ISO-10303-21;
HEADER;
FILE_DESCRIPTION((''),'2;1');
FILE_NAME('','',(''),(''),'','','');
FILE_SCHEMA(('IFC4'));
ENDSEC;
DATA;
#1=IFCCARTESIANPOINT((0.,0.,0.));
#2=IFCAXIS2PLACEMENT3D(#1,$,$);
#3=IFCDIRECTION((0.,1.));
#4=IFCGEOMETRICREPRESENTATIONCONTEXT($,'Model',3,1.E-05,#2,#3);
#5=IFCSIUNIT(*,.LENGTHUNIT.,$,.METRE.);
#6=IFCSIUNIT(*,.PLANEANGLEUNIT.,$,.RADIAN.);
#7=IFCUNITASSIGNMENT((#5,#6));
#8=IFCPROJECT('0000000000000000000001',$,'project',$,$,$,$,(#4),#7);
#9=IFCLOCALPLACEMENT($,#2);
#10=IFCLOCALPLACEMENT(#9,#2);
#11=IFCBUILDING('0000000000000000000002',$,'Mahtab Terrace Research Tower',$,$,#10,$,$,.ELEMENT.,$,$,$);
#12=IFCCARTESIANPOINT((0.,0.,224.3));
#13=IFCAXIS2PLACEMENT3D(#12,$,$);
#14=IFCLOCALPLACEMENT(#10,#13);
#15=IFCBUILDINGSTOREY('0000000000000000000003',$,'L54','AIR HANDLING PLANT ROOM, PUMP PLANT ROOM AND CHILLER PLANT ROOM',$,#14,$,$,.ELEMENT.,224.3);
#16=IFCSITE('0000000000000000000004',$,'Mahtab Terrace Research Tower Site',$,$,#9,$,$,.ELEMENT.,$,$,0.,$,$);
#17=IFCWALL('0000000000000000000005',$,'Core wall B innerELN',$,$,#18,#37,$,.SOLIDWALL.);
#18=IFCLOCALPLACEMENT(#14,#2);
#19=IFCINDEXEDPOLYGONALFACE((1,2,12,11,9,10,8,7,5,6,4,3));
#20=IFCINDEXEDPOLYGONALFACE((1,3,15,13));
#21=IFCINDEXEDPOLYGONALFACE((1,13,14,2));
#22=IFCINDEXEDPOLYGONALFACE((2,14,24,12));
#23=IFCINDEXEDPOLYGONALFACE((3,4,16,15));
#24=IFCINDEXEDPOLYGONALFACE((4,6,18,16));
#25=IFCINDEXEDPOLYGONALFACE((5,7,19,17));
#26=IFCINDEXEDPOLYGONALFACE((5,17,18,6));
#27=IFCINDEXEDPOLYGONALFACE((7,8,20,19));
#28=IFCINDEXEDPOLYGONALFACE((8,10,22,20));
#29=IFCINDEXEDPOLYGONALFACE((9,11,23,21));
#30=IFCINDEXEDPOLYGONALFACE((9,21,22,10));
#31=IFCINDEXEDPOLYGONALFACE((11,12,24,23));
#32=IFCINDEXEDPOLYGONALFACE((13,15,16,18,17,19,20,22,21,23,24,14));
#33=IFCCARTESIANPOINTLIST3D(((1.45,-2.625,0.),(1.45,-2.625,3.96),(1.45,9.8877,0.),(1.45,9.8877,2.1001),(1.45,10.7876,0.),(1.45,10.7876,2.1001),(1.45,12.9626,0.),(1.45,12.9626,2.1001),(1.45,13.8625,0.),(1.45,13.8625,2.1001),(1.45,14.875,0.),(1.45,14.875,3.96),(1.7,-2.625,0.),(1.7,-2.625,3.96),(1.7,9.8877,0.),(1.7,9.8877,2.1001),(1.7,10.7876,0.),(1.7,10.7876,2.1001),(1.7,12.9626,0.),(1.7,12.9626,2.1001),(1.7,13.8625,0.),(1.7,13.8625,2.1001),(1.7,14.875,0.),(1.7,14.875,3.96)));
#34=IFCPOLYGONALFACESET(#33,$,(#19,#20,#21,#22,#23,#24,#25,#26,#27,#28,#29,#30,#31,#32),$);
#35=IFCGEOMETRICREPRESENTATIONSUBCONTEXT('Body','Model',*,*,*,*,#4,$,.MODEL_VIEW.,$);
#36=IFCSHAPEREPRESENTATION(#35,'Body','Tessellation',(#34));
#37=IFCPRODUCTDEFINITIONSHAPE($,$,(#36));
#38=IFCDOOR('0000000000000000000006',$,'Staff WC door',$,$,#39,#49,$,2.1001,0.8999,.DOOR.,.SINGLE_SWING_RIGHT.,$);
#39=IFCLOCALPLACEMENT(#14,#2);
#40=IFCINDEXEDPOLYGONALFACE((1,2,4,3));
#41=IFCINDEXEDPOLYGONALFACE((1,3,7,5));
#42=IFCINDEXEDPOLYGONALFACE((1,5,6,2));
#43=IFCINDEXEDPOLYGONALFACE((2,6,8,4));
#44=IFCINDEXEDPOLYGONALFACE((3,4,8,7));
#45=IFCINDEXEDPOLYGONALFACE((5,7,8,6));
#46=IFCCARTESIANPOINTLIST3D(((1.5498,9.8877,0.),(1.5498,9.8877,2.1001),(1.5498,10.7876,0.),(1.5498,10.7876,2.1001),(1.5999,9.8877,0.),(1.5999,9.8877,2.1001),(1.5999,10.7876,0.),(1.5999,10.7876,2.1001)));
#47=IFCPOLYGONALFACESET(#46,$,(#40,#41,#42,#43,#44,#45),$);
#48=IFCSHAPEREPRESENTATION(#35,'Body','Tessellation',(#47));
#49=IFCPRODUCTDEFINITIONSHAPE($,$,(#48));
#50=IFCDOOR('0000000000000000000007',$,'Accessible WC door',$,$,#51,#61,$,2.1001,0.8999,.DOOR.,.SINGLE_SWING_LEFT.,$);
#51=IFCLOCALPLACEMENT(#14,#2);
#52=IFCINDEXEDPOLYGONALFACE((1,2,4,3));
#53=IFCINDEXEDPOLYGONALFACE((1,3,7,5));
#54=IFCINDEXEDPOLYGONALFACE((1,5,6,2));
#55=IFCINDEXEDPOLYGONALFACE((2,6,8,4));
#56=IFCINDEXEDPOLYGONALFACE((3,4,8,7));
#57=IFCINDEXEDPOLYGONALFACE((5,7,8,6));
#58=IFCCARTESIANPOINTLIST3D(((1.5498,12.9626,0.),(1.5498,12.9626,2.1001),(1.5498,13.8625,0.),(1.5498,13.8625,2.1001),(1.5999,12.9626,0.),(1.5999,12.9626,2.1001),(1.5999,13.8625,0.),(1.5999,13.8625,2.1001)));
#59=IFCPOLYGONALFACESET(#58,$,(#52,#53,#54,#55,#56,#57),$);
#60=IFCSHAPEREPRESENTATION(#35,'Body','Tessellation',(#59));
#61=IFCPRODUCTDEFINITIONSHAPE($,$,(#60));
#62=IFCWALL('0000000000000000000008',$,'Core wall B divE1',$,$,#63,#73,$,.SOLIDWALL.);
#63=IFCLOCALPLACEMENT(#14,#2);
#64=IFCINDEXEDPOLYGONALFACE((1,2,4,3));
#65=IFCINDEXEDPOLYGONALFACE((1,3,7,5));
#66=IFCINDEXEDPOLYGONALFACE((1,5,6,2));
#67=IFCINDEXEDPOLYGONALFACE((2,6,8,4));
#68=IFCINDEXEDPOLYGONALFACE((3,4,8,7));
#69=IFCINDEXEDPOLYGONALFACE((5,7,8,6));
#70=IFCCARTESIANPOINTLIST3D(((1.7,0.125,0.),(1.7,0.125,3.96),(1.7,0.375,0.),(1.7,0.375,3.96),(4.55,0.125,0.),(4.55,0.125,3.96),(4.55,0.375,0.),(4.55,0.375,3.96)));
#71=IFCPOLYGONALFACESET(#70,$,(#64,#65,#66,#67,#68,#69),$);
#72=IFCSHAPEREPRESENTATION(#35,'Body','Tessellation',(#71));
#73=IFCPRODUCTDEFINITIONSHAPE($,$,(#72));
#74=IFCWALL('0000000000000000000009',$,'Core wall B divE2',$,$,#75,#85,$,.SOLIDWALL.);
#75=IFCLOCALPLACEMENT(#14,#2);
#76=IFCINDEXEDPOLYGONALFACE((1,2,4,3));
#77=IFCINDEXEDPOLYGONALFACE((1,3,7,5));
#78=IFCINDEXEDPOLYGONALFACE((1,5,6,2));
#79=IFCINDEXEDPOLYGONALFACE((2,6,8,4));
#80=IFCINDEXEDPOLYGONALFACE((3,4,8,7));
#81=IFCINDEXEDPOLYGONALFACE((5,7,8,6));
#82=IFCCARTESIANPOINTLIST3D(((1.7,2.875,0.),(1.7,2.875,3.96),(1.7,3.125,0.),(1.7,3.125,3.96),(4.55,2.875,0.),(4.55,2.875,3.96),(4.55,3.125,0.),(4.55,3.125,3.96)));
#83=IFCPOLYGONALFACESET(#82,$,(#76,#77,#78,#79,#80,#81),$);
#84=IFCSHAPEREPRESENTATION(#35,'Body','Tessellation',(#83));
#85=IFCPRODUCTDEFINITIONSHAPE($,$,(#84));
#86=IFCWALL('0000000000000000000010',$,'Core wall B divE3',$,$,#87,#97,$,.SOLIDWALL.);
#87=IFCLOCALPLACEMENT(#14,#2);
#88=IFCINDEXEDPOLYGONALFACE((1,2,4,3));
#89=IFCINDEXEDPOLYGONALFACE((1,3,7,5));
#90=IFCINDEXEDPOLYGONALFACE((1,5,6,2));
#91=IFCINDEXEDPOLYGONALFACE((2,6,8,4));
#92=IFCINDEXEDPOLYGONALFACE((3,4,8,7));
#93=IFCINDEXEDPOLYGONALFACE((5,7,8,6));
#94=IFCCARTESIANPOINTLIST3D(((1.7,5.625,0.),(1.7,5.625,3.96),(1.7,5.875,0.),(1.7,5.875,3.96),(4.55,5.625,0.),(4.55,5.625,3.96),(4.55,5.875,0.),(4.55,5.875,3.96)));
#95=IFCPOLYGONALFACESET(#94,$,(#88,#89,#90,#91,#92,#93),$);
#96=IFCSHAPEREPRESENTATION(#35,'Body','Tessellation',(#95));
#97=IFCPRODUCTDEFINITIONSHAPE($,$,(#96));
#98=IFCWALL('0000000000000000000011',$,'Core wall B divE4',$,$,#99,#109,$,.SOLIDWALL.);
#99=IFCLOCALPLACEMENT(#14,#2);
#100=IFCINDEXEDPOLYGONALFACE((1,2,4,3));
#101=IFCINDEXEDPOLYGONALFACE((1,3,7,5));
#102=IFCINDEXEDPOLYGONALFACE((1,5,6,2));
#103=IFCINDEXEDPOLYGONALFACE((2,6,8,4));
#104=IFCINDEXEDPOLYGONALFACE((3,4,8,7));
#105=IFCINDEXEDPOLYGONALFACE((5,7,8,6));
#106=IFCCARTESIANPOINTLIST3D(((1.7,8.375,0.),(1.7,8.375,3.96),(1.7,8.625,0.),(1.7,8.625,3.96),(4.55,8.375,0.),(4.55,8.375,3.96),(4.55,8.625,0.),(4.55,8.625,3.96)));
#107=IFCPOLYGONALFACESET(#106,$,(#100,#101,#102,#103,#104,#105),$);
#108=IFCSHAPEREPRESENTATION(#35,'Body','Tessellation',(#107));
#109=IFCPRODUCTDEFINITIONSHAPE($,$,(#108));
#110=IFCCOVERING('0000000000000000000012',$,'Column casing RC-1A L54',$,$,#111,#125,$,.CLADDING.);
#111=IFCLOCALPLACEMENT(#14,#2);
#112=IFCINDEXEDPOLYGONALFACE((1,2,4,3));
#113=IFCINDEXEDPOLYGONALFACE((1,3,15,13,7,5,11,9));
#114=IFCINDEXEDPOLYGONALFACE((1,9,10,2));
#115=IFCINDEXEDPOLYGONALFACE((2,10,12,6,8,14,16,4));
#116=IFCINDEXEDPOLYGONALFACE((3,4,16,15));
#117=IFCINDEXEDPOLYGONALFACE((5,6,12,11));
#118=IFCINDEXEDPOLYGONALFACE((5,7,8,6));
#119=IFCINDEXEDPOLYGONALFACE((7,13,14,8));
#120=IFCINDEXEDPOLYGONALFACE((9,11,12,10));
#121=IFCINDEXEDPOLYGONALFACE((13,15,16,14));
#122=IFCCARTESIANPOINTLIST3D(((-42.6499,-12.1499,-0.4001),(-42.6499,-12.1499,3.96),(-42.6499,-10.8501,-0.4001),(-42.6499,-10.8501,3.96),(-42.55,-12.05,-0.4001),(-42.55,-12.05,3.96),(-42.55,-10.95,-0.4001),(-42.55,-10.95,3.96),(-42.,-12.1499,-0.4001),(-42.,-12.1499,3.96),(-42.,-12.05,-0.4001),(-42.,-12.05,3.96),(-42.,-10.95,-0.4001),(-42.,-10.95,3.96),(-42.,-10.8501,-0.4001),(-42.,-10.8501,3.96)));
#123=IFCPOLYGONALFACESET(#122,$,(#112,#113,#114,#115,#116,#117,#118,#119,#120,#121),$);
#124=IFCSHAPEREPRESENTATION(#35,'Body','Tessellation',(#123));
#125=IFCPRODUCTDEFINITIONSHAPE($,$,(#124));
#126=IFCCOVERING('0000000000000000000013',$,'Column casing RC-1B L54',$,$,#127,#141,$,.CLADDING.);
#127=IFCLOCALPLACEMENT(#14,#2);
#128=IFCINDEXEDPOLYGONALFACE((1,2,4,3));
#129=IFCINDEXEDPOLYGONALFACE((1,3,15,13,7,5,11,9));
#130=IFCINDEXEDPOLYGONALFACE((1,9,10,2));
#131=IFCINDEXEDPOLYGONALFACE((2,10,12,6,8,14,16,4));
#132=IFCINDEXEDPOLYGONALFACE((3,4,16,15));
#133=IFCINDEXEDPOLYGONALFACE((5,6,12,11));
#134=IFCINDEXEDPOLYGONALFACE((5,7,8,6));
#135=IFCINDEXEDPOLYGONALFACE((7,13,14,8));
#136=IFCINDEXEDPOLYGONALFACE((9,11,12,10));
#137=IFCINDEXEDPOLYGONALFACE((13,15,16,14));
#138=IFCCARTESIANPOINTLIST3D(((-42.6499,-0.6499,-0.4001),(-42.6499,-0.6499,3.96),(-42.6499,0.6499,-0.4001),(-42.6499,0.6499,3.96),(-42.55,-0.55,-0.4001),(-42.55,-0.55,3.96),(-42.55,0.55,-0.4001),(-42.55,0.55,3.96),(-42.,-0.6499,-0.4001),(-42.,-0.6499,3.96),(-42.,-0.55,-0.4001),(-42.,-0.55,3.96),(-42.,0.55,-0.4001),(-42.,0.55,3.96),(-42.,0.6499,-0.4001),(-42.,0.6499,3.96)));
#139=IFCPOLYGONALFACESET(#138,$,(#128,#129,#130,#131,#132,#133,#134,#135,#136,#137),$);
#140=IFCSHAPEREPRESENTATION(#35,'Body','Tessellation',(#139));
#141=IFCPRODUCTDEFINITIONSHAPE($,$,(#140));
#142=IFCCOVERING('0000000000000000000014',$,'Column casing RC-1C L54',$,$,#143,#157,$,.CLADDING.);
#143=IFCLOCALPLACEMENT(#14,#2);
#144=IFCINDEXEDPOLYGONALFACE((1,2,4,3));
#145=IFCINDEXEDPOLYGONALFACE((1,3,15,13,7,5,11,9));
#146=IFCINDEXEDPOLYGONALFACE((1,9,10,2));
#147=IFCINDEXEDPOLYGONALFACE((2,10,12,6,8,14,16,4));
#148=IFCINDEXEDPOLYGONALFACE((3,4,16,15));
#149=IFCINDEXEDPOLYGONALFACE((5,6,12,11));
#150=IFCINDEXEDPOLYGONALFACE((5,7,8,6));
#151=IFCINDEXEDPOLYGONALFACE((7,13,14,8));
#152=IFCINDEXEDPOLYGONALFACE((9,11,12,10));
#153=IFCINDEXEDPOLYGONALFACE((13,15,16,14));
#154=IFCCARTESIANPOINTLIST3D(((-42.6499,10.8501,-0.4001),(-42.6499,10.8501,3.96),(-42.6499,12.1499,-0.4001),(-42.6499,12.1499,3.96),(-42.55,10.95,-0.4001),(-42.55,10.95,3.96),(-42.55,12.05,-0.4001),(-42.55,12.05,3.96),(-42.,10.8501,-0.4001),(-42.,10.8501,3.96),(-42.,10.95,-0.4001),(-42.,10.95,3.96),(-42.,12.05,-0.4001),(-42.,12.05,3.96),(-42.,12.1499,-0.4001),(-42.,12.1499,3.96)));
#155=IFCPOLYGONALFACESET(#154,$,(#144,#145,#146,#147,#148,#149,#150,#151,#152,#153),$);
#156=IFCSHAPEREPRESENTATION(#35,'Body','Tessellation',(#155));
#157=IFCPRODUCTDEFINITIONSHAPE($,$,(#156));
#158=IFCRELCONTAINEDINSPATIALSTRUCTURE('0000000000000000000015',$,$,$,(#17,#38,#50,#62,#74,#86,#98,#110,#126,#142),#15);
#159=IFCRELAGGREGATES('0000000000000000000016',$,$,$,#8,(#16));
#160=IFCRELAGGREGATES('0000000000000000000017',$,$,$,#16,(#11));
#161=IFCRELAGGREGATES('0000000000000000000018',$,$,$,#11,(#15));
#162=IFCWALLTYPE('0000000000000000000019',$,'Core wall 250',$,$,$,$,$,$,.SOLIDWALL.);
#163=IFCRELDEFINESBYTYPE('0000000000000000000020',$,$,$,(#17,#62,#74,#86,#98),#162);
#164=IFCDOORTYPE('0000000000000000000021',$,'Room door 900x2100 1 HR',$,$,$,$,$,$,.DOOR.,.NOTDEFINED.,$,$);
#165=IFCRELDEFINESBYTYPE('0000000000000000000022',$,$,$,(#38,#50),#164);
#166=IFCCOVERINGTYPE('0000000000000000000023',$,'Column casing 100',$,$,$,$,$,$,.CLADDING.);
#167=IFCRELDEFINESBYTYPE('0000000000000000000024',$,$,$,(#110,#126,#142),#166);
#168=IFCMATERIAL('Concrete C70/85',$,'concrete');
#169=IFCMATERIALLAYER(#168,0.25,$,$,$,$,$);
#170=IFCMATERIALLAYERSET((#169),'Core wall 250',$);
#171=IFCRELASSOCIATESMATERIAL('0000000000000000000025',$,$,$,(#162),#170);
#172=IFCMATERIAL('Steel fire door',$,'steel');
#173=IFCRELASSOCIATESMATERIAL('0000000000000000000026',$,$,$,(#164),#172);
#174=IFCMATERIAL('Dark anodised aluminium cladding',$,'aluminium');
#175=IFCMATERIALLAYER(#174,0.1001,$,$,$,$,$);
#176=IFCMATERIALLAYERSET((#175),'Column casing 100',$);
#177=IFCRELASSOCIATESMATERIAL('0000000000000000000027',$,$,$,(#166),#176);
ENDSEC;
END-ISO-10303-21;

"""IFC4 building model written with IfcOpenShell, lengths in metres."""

from ifc_helpers import new_model, si_unit, direction, frame, frame_2d, origin, place, context, subcontext, project, spatial, polyline, rectangle, outline, extrude, material, layer, layer_set, type_object, element, fill, save


model = new_model("IFC4")

# Units and contexts
model_context = context("Model", 3, precision=1e-05, world=origin(), true_north=direction((0.0, 1.0)))
body_context = subcontext(model_context, "Body", "Model", "MODEL_VIEW")
ifc_project = project(units=[si_unit("LENGTHUNIT", "METRE"), si_unit("PLANEANGLEUNIT", "RADIAN")], contexts=[model_context])

# Site, building, storey
site_placement = place(None, origin())
site = spatial("IfcSite", under=ifc_project, at=site_placement, Name="Mahtab Terrace Research Tower Site", CompositionType="ELEMENT", RefElevation=0.0)
building_placement = place(site_placement, origin())
building = spatial("IfcBuilding", under=site, at=building_placement, Name="Mahtab Terrace Research Tower", CompositionType="ELEMENT")
storey_placement = place(building_placement, frame((0.0, 0.0, 224.3)))
storey = spatial("IfcBuildingStorey", under=building, at=storey_placement, Name="L54", Description="AIR HANDLING PLANT ROOM, PUMP PLANT ROOM AND CHILLER PLANT ROOM", CompositionType="ELEMENT", Elevation=224.3)

# Shared definitions
ifc_material_1 = material(Name="Concrete C70/85", Category="concrete")

# Shared definitions
ifc_layer_1 = layer(ifc_material_1, 0.25)
ifc_layer_set_1 = layer_set([ifc_layer_1], Name="Core wall 250")
wall_type_1 = type_object("IfcWallType", Name="Core wall 250", PredefinedType="SOLIDWALL", material=ifc_layer_set_1)
ifc_material_2 = material(Name="Steel fire door", Category="steel")

# Wall, openings, doors
wall_1_placement = place(storey_placement, frame((1.575, 14.875, 0.0), z_axis=(0.0, 0.0, 1.0), x_axis=(0.0, -1.0, 0.0)))
wall_1 = element("IfcWall", 1, at=wall_1_placement, inside=storey, type_object=wall_type_1, Name="Core wall B innerELN", PredefinedType="SOLIDWALL", context=body_context, shape_type="SweptSolid", body=[
    extrude(rectangle(XDim=17.5, YDim=0.25, at=frame_2d((8.75, 0.0))), origin(), (0.0, 0.0, 1.0), 3.96),
])
opening_1_placement = place(wall_1_placement, frame((4.0874, 0.0, 0.0)))
opening_1 = element("IfcOpeningElement", 2, at=opening_1_placement, cuts=wall_1, PredefinedType="OPENING", context=body_context, shape_type="SweptSolid", body=[
    extrude(rectangle(XDim=0.8999, YDim=2.1001, at=frame_2d((0.45, 1.05))), frame((0.0, 0.135, 0.0), z_axis=(0.0, -1.0, 0.0), x_axis=(1.0, 0.0, 0.0)), (0.0, 0.0, 1.0), 0.27),
])
opening_2_placement = place(wall_1_placement, frame((1.0125, 0.0, 0.0)))
opening_2 = element("IfcOpeningElement", 3, at=opening_2_placement, cuts=wall_1, PredefinedType="OPENING", context=body_context, shape_type="SweptSolid", body=[
    extrude(rectangle(XDim=0.8999, YDim=2.1001, at=frame_2d((0.45, 1.05))), frame((0.0, 0.135, 0.0), z_axis=(0.0, -1.0, 0.0), x_axis=(1.0, 0.0, 0.0)), (0.0, 0.0, 1.0), 0.27),
])
door_type_1 = type_object("IfcDoorType", Name="Room door 900x2100 1 HR", OperationType="NOTDEFINED", PredefinedType="DOOR", material=ifc_material_2)
door_1_placement = place(opening_1_placement, origin())
door_1 = element("IfcDoor", 4, at=door_1_placement, inside=storey, type_object=door_type_1, Name="Staff WC door", OperationType="SINGLE_SWING_RIGHT", OverallHeight=2.1001, OverallWidth=0.8999, PredefinedType="DOOR", context=body_context, shape_type="SweptSolid", body=[
    extrude(rectangle(XDim=0.8999, YDim=2.1001, at=frame_2d((0.45, 1.05))), frame((0.0, 0.0249, 0.0), z_axis=(0.0, -1.0, 0.0), x_axis=(1.0, 0.0, 0.0)), (0.0, 0.0, 1.0), 0.05),
])
fill(opening_1, door_1)
door_2_placement = place(opening_2_placement, origin())
door_2 = element("IfcDoor", 5, at=door_2_placement, inside=storey, type_object=door_type_1, Name="Accessible WC door", OperationType="SINGLE_SWING_LEFT", OverallHeight=2.1001, OverallWidth=0.8999, PredefinedType="DOOR", context=body_context, shape_type="SweptSolid", body=[
    extrude(rectangle(XDim=0.8999, YDim=2.1001, at=frame_2d((0.45, 1.05))), frame((0.0, 0.0249, 0.0), z_axis=(0.0, -1.0, 0.0), x_axis=(1.0, 0.0, 0.0)), (0.0, 0.0, 1.0), 0.05),
])
fill(opening_2, door_2)

# Walls
for number, where, z_axis, x_axis, name in (
    (6, (1.7, 0.25, 0.0), (0.0, 0.0, 1.0), (1.0, 0.0, 0.0), "Core wall B divE1"),
    (7, (1.7, 3.0, 0.0), (0.0, 0.0, 1.0), (1.0, 0.0, 0.0), "Core wall B divE2"),
    (8, (1.7, 5.75, 0.0), (0.0, 0.0, 1.0), (1.0, 0.0, 0.0), "Core wall B divE3"),
    (9, (1.7, 8.5, 0.0), (0.0, 0.0, 1.0), (1.0, 0.0, 0.0), "Core wall B divE4"),
):
    element("IfcWall", number, at=place(storey_placement, frame(where, z_axis=z_axis, x_axis=x_axis)), inside=storey, type_object=wall_type_1, Name=name, PredefinedType="SOLIDWALL", context=body_context, shape_type="SweptSolid", body=[
        extrude(rectangle(XDim=2.8501, YDim=0.25, at=frame_2d((1.425, 0.0))), origin(), (0.0, 0.0, 1.0), 3.96),
    ])

# Coverings
ifc_material_3 = material(Name="Dark anodised aluminium cladding", Category="aluminium")
ifc_layer_2 = layer(ifc_material_3, 0.1001)
ifc_layer_set_2 = layer_set([ifc_layer_2], Name="Column casing 100")
covering_type = type_object("IfcCoveringType", Name="Column casing 100", PredefinedType="CLADDING", material=ifc_layer_set_2)
covering_1_placement = place(storey_placement, frame((0.0, 0.0, -0.4001)))
element("IfcCovering", 10, at=covering_1_placement, inside=storey, type_object=covering_type, Name="Column casing RC-1A L54", PredefinedType="CLADDING", context=body_context, shape_type="SweptSolid", body=[
    extrude(outline(polyline([(-42.6499, -10.8501), (-42.0, -10.8501), (-42.0, -10.95), (-42.55, -10.95), (-42.55, -12.05), (-42.0, -12.05), (-42.0, -12.1499), (-42.6499, -12.1499), (-42.6499, -10.8501)])), origin(), (0.0, 0.0, 1.0), 4.3601),
])
covering_2_placement = place(storey_placement, frame((0.0, 0.0, -0.4001)))
element("IfcCovering", 11, at=covering_2_placement, inside=storey, type_object=covering_type, Name="Column casing RC-1B L54", PredefinedType="CLADDING", context=body_context, shape_type="SweptSolid", body=[
    extrude(outline(polyline([(-42.6499, 0.6499), (-42.0, 0.6499), (-42.0, 0.55), (-42.55, 0.55), (-42.55, -0.55), (-42.0, -0.55), (-42.0, -0.6499), (-42.6499, -0.6499), (-42.6499, 0.6499)])), origin(), (0.0, 0.0, 1.0), 4.3601),
])
covering_3_placement = place(storey_placement, frame((0.0, 0.0, -0.4001)))
element("IfcCovering", 12, at=covering_3_placement, inside=storey, type_object=covering_type, Name="Column casing RC-1C L54", PredefinedType="CLADDING", context=body_context, shape_type="SweptSolid", body=[
    extrude(outline(polyline([(-42.6499, 12.1499), (-42.0, 12.1499), (-42.0, 12.05), (-42.55, 12.05), (-42.55, 10.95), (-42.0, 10.95), (-42.0, 10.8501), (-42.6499, 10.8501), (-42.6499, 12.1499)])), origin(), (0.0, 0.0, 1.0), 4.3601),
])

save(model, "model.ifc")
